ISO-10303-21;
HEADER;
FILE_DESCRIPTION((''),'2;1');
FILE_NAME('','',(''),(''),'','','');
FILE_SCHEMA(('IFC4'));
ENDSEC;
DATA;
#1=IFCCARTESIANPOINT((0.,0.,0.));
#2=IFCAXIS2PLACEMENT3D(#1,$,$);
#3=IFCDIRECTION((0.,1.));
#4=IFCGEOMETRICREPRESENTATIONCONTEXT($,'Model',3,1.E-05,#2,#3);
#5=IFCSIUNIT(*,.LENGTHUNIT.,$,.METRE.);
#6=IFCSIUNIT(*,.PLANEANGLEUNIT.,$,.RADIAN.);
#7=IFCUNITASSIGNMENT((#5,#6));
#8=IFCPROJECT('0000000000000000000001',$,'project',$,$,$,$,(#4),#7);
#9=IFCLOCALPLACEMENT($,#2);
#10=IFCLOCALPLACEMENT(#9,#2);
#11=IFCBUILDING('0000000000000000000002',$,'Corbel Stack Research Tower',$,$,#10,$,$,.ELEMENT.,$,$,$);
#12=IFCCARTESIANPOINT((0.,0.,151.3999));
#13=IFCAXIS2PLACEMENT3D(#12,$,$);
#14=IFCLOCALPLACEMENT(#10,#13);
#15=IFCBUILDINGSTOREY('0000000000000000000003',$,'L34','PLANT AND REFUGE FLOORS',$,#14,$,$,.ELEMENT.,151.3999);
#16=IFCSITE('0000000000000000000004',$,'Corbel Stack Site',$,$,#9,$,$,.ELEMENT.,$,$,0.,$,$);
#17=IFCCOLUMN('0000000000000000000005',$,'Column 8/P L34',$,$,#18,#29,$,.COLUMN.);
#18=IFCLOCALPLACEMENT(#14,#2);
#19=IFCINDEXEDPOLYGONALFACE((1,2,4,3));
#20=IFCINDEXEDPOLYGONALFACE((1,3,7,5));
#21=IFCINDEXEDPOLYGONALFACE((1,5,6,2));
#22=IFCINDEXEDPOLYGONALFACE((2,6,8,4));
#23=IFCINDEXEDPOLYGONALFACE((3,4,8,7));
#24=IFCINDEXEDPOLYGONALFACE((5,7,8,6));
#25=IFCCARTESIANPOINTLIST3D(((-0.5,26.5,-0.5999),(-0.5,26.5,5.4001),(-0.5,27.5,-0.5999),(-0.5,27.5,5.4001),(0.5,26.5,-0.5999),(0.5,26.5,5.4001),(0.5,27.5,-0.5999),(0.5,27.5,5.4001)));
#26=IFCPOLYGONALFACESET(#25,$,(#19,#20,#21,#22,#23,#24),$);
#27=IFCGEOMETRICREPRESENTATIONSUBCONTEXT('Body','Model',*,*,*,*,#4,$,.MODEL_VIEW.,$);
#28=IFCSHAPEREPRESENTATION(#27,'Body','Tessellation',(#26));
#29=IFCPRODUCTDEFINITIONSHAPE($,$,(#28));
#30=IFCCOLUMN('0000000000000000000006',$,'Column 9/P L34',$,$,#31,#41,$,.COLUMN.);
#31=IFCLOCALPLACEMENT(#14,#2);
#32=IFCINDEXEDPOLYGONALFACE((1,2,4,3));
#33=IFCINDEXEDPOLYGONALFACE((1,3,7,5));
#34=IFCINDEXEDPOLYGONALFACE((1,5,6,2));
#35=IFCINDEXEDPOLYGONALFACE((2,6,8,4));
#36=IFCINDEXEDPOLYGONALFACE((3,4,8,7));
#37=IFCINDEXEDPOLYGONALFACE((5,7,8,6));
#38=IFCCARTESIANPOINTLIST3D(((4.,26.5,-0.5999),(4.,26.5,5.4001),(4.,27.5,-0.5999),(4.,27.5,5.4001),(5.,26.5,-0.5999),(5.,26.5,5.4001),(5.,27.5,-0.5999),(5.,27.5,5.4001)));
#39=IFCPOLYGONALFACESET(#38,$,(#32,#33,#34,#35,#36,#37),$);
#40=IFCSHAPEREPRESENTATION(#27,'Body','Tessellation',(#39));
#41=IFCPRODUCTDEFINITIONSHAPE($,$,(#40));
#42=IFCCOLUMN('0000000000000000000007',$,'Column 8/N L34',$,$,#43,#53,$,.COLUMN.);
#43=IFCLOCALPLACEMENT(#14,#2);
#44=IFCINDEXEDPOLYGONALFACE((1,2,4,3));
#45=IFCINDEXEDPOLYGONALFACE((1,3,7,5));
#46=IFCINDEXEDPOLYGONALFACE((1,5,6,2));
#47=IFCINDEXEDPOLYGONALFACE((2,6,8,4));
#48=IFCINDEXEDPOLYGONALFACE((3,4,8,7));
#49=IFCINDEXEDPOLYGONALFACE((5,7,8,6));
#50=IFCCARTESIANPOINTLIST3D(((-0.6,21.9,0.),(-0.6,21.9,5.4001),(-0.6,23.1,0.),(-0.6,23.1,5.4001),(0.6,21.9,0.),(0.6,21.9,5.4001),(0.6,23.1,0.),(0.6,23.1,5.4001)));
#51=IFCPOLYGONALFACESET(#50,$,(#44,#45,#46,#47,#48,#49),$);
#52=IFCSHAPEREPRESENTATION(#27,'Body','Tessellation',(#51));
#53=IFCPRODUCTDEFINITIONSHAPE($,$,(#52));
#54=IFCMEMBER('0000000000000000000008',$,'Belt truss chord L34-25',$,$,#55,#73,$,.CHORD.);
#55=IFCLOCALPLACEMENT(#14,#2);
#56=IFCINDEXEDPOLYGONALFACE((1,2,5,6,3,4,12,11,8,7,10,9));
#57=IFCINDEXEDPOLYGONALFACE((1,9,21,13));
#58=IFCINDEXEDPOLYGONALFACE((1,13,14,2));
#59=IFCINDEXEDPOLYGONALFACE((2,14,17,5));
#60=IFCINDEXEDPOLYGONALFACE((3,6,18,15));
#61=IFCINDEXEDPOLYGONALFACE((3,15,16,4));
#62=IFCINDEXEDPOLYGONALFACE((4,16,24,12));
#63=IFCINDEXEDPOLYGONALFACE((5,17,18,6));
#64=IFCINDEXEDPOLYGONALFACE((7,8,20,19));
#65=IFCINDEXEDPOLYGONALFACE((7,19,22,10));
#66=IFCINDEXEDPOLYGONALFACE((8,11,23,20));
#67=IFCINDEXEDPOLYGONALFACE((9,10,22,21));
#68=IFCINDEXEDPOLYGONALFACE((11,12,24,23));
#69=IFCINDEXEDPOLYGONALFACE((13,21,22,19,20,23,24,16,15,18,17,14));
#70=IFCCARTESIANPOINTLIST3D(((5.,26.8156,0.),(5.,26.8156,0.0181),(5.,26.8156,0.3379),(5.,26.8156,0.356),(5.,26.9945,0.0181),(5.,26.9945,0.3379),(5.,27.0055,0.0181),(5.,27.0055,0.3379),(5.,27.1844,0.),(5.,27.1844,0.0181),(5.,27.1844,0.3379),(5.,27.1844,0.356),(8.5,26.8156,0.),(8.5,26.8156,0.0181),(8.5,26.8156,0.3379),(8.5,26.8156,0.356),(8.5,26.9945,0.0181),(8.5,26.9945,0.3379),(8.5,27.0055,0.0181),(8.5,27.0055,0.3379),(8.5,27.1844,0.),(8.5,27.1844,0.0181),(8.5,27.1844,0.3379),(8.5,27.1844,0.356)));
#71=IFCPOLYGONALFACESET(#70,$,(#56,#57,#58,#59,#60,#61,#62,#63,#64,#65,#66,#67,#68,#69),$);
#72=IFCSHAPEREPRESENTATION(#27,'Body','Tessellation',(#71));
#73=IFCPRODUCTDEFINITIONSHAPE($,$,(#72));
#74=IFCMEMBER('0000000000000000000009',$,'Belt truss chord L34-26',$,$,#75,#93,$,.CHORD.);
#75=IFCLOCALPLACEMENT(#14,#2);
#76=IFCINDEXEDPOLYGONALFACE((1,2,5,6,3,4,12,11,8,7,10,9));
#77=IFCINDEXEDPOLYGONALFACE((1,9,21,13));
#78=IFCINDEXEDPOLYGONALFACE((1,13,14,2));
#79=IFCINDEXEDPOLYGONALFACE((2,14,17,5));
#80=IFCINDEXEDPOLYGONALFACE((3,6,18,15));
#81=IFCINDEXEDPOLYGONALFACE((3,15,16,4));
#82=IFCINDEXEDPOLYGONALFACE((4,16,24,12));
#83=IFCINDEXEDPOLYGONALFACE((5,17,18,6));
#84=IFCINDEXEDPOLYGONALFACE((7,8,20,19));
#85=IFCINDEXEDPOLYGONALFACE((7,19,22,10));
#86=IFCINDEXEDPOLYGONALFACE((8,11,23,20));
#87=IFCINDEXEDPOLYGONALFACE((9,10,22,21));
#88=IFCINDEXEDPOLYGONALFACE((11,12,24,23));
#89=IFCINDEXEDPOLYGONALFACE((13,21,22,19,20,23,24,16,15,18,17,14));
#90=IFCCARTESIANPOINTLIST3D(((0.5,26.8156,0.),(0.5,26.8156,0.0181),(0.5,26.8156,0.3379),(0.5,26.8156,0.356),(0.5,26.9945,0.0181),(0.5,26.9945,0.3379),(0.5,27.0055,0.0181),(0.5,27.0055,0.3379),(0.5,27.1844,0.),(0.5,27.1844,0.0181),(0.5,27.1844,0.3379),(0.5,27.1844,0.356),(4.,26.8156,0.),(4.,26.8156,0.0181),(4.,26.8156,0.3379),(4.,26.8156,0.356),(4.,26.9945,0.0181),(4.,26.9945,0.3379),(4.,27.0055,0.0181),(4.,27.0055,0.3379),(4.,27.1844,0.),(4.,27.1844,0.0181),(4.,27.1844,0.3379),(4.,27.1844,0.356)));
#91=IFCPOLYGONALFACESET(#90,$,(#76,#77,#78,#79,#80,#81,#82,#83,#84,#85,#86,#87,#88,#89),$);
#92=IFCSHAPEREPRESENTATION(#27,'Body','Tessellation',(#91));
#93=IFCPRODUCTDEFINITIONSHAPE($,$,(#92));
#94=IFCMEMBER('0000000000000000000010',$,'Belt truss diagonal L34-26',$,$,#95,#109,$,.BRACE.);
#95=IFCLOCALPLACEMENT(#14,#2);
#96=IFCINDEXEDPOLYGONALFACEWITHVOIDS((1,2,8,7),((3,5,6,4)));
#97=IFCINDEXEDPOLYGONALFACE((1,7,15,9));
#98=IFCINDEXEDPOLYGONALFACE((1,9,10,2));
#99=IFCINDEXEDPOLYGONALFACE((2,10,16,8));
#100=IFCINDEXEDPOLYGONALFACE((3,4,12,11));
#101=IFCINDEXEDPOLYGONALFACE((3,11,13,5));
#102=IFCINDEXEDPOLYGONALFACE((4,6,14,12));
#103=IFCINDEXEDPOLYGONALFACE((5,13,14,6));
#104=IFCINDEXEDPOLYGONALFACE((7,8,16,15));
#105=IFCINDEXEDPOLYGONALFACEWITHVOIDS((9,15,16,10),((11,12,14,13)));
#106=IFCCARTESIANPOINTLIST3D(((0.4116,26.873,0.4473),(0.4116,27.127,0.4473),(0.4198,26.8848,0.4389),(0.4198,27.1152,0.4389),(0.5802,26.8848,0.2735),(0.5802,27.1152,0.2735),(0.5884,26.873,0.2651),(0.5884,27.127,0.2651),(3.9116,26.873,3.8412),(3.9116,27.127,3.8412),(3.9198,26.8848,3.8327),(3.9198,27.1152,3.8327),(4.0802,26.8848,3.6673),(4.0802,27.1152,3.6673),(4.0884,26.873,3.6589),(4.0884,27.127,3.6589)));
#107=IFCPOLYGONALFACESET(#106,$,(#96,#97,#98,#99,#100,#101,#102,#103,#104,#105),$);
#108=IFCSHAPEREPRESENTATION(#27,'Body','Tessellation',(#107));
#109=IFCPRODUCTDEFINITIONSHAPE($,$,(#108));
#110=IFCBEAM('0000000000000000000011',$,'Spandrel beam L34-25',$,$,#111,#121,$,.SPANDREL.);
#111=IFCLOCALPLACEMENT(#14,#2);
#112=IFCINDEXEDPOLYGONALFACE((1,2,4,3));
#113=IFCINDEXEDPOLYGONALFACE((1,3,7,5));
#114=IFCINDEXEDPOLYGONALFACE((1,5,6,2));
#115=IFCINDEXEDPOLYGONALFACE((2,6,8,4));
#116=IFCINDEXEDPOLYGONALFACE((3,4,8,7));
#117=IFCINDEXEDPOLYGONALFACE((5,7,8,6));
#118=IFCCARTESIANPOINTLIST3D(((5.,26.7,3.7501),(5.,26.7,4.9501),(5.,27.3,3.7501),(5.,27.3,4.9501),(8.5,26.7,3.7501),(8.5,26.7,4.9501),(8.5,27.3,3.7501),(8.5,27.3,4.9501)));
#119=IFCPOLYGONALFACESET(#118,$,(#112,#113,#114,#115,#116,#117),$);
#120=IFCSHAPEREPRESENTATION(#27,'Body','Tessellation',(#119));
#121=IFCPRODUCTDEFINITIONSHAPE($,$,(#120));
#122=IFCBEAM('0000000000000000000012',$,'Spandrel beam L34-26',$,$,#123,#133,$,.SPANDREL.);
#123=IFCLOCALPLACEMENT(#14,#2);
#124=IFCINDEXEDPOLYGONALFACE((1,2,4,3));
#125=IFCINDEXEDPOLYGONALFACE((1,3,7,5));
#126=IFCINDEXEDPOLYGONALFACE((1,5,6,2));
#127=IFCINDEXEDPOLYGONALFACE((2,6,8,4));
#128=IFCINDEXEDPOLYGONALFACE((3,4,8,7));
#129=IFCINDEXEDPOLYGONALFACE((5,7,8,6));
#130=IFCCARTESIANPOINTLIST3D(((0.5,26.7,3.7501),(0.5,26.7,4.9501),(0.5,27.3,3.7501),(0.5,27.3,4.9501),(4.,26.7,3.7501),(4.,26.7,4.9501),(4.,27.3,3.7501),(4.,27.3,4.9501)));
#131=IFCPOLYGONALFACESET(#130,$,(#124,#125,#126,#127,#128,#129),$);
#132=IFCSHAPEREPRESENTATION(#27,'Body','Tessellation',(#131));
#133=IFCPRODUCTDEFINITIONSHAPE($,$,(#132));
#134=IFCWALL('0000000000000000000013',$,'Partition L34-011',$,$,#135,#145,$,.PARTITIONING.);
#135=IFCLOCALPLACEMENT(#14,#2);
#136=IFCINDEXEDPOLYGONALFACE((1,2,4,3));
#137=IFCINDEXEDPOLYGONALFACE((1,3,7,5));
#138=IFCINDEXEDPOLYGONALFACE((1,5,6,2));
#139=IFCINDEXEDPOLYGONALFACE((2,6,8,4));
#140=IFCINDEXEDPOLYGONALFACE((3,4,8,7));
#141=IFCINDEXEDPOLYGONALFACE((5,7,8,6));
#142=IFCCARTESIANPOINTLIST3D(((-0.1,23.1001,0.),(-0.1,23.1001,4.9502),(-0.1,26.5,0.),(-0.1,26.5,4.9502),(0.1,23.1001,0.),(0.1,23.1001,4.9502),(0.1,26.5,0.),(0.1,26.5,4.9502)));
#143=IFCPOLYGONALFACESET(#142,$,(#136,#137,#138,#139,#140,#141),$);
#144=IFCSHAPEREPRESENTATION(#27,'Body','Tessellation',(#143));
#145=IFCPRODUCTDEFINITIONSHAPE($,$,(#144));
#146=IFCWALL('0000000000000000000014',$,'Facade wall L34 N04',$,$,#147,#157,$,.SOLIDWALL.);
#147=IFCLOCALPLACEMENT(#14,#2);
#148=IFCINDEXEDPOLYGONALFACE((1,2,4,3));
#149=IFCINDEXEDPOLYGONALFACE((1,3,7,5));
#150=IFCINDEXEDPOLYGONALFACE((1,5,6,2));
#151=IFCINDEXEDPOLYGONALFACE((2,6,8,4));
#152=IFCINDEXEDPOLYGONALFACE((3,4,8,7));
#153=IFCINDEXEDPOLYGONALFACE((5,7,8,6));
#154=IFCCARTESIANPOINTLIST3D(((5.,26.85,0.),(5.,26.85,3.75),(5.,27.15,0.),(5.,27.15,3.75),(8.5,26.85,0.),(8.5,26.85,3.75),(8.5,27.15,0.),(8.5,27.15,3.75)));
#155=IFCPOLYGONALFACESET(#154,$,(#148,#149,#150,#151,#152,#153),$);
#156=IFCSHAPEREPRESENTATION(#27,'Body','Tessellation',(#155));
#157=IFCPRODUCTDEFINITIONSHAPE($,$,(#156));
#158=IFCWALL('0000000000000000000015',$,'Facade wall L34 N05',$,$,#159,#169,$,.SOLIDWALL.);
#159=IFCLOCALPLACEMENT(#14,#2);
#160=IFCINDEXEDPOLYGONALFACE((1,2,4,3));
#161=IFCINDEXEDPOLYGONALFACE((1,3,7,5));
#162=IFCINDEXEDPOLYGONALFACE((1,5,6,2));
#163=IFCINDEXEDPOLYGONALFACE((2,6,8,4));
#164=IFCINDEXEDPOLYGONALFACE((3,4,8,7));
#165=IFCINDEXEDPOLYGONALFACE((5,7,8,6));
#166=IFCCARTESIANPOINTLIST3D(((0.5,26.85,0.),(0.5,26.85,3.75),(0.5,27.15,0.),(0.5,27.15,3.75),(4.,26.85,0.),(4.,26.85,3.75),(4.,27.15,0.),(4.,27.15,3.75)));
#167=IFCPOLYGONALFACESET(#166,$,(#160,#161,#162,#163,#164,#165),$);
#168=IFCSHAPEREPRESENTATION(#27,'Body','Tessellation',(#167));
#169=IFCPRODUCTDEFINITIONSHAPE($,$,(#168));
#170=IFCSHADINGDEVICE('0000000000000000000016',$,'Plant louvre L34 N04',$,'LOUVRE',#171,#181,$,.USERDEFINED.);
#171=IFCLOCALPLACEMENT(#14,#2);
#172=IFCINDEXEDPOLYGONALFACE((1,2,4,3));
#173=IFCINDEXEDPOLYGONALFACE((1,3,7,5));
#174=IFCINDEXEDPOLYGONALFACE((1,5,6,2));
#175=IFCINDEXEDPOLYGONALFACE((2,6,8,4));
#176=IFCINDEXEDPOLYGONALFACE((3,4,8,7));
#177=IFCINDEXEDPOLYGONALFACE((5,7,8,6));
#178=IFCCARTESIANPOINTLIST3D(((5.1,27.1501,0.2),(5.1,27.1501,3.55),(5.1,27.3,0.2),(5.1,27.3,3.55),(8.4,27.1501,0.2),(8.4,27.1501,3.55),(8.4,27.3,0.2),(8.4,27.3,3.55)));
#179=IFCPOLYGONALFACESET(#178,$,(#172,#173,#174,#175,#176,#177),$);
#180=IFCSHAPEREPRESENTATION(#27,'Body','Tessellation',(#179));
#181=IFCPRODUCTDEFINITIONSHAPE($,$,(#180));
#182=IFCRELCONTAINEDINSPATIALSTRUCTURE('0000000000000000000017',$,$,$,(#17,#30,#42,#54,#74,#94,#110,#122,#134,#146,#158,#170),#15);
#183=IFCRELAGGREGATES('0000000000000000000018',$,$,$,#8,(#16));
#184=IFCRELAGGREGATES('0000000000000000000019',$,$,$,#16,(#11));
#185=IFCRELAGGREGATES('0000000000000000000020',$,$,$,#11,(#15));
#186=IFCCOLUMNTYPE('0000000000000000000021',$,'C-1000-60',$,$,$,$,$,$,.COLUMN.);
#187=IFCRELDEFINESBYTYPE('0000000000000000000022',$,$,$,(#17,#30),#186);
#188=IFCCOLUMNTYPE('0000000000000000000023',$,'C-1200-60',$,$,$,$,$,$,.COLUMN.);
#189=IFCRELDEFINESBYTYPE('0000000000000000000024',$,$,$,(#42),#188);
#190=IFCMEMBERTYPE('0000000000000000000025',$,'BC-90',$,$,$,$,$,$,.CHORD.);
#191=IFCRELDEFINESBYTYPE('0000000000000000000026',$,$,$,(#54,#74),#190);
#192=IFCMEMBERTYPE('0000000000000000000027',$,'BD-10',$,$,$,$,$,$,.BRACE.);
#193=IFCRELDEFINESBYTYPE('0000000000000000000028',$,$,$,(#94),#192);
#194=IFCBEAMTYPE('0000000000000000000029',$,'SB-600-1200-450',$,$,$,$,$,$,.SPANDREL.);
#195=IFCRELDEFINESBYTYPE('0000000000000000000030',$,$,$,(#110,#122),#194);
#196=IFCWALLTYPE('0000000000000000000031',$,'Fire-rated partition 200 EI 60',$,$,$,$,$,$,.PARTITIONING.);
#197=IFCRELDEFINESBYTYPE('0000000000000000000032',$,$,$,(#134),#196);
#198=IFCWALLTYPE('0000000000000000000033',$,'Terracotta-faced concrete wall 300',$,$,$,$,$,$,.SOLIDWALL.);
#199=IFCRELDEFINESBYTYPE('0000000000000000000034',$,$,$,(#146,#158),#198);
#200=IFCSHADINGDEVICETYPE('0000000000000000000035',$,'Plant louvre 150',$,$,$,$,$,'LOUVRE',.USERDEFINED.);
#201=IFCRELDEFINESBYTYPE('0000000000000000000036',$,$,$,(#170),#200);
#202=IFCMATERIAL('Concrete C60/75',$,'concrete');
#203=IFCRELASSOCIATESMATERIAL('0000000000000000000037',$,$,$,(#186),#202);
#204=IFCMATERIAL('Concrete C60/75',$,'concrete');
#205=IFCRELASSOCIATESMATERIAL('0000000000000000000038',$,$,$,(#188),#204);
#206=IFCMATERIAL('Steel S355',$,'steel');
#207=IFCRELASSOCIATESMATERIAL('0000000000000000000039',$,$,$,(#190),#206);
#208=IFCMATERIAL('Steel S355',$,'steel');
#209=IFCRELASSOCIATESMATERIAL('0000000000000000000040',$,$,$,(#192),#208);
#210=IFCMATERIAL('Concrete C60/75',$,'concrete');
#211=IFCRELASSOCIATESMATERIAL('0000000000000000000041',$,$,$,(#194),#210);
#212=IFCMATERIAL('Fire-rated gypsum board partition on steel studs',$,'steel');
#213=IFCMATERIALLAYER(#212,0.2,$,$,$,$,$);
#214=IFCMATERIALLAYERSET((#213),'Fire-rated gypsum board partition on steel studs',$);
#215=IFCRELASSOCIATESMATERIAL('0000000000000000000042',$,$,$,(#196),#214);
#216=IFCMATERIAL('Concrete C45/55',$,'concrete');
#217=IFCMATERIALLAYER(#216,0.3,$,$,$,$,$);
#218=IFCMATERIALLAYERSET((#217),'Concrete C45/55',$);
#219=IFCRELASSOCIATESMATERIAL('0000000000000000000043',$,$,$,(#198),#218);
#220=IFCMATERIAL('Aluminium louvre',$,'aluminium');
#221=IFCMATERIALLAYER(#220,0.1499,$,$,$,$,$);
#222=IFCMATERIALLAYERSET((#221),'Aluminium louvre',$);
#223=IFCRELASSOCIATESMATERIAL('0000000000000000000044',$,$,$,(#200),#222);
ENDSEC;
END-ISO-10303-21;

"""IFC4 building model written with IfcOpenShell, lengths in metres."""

from ifc_helpers import new_model, si_unit, direction, frame, frame_2d, origin, origin_2d, place, context, subcontext, project, spatial, rectangle, hollow_rectangle, i_section, extrude, material, layer, layer_set, material_profile, profile_set, type_object, element, save


model = new_model("IFC4")

# Units and contexts
model_context = context("Model", 3, precision=1e-05, world=origin(), true_north=direction((0.0, 1.0)))
body_context = subcontext(model_context, "Body", "Model", "MODEL_VIEW")
ifc_project = project(units=[si_unit("LENGTHUNIT", "METRE"), si_unit("PLANEANGLEUNIT", "RADIAN")], contexts=[model_context])

# Site, building, storey
site_placement = place(None, origin())
site = spatial("IfcSite", under=ifc_project, at=site_placement, Name="Corbel Stack Site", CompositionType="ELEMENT", RefElevation=0.0)
building_placement = place(site_placement, origin())
building = spatial("IfcBuilding", under=site, at=building_placement, Name="Corbel Stack Research Tower", CompositionType="ELEMENT")
storey_placement = place(building_placement, frame((0.0, 0.0, 151.3999)))
storey = spatial("IfcBuildingStorey", under=building, at=storey_placement, Name="L34", Description="PLANT AND REFUGE FLOORS", CompositionType="ELEMENT", Elevation=151.3999)

# Columns
ifc_material_1 = material(Name="Concrete C60/75", Category="concrete")
ifc_material_profile_1 = material_profile(ifc_material_1, rectangle(XDim=1.0, YDim=1.0, at=origin_2d()), Name="RC 1000 x 1000")
ifc_profile_set_1 = profile_set([ifc_material_profile_1], Name="Concrete C60/75")
column_type_1 = type_object("IfcColumnType", Name="C-1000-60", PredefinedType="COLUMN", material=ifc_profile_set_1)
for number, where, z_axis, x_axis, name in (
    (1, (0.0, 27.0, -0.5999), (0.0, 0.0, 1.0), (1.0, 0.0, 0.0), "Column 8/P L34"),
    (2, (4.5, 27.0, -0.5999), (0.0, 0.0, 1.0), (1.0, 0.0, 0.0), "Column 9/P L34"),
):
    element("IfcColumn", number, at=place(storey_placement, frame(where, z_axis=z_axis, x_axis=x_axis)), inside=storey, type_object=column_type_1, Name=name, PredefinedType="COLUMN", context=body_context, shape_type="SweptSolid", body=[
        extrude(rectangle(XDim=1.0, YDim=1.0, at=origin_2d()), origin(), (0.0, 0.0, 1.0), 6.0),
    ])
ifc_material_2 = material(Name="Concrete C60/75", Category="concrete")
ifc_material_profile_2 = material_profile(ifc_material_2, rectangle(XDim=1.2, YDim=1.2, at=origin_2d()), Name="RC 1200 x 1200")
ifc_profile_set_2 = profile_set([ifc_material_profile_2], Name="Concrete C60/75")
column_type_2 = type_object("IfcColumnType", Name="C-1200-60", PredefinedType="COLUMN", material=ifc_profile_set_2)
column_placement = place(storey_placement, frame((0.0, 22.5, 0.0), z_axis=(0.0, 0.0, 1.0), x_axis=(1.0, 0.0, 0.0)))
element("IfcColumn", 3, at=column_placement, inside=storey, type_object=column_type_2, Name="Column 8/N L34", PredefinedType="COLUMN", context=body_context, shape_type="SweptSolid", body=[
    extrude(rectangle(XDim=1.2, YDim=1.2, at=origin_2d()), origin(), (0.0, 0.0, 1.0), 5.4001),
])

# Members
ifc_material_3 = material(Name="Steel S355", Category="steel")
ifc_material_profile_3 = material_profile(ifc_material_3, i_section(OverallWidth=0.3689, OverallDepth=0.356, WebThickness=0.011, FlangeThickness=0.0181, at=origin_2d()), Name="W14x90")
ifc_profile_set_3 = profile_set([ifc_material_profile_3], Name="Steel S355")
member_type_1 = type_object("IfcMemberType", Name="BC-90", PredefinedType="CHORD", material=ifc_profile_set_3)
for number, where, z_axis, x_axis, name in (
    (4, (8.5, 27.0, 0.178), (-1.0, 0.0, 0.0), (0.0, -1.0, 0.0), "Belt truss chord L34-25"),
    (5, (4.0, 27.0, 0.178), (-1.0, 0.0, 0.0), (0.0, -1.0, 0.0), "Belt truss chord L34-26"),
):
    element("IfcMember", number, at=place(storey_placement, frame(where, z_axis=z_axis, x_axis=x_axis)), inside=storey, type_object=member_type_1, Name=name, PredefinedType="CHORD", context=body_context, shape_type="SweptSolid", body=[
        extrude(i_section(OverallWidth=0.3689, OverallDepth=0.356, WebThickness=0.011, FlangeThickness=0.0181, at=origin_2d()), origin(), (0.0, 0.0, 1.0), 3.5),
    ])
ifc_material_4 = material(Name="Steel S355", Category="steel")
ifc_material_profile_4 = material_profile(ifc_material_4, hollow_rectangle(XDim=0.2539, YDim=0.2539, WallThickness=0.0117, at=origin_2d()), Name="HSS10x10x1/2")
ifc_profile_set_4 = profile_set([ifc_material_profile_4], Name="Steel S355")
member_type_2 = type_object("IfcMemberType", Name="BD-10", PredefinedType="BRACE", material=ifc_profile_set_4)
member_placement = place(storey_placement, frame((0.5, 27.0, 0.3562), z_axis=(0.717915, 0.0, 0.696131), x_axis=(0.0, 1.0, 0.0)))
element("IfcMember", 6, at=member_placement, inside=storey, type_object=member_type_2, Name="Belt truss diagonal L34-26", PredefinedType="BRACE", context=body_context, shape_type="SweptSolid", body=[
    extrude(hollow_rectangle(XDim=0.2539, YDim=0.2539, WallThickness=0.0117, at=origin_2d()), origin(), (0.0, 0.0, 1.0), 4.8752),
])

# Beams
ifc_material_5 = material(Name="Concrete C60/75", Category="concrete")
ifc_material_profile_5 = material_profile(ifc_material_5, rectangle(XDim=0.6001, YDim=1.2, at=origin_2d()), Name="RC 600 x 1200")
ifc_profile_set_5 = profile_set([ifc_material_profile_5], Name="Concrete C60/75")
beam_type = type_object("IfcBeamType", Name="SB-600-1200-450", PredefinedType="SPANDREL", material=ifc_profile_set_5)
for number, where, z_axis, x_axis, name in (
    (7, (8.5, 27.0, 4.3501), (-1.0, 0.0, 0.0), (0.0, -1.0, 0.0), "Spandrel beam L34-25"),
    (8, (4.0, 27.0, 4.3501), (-1.0, 0.0, 0.0), (0.0, -1.0, 0.0), "Spandrel beam L34-26"),
):
    element("IfcBeam", number, at=place(storey_placement, frame(where, z_axis=z_axis, x_axis=x_axis)), inside=storey, type_object=beam_type, Name=name, PredefinedType="SPANDREL", context=body_context, shape_type="SweptSolid", body=[
        extrude(rectangle(XDim=0.6001, YDim=1.2, at=origin_2d()), origin(), (0.0, 0.0, 1.0), 3.5),
    ])

# Walls
ifc_material_6 = material(Name="Fire-rated gypsum board partition on steel studs", Category="steel")
ifc_layer_1 = layer(ifc_material_6, 0.2)
ifc_layer_set_1 = layer_set([ifc_layer_1], Name="Fire-rated gypsum board partition on steel studs")
wall_type_1 = type_object("IfcWallType", Name="Fire-rated partition 200 EI 60", PredefinedType="PARTITIONING", material=ifc_layer_set_1)
wall_placement = place(storey_placement, frame((0.0, 23.1001, 0.0), z_axis=(0.0, 0.0, 1.0), x_axis=(0.0, 1.0, 0.0)))
element("IfcWall", 9, at=wall_placement, inside=storey, type_object=wall_type_1, Name="Partition L34-011", PredefinedType="PARTITIONING", context=body_context, shape_type="SweptSolid", body=[
    extrude(rectangle(XDim=3.3999, YDim=0.2, at=frame_2d((1.7, 0.0))), origin(), (0.0, 0.0, 1.0), 4.9502),
])
ifc_material_7 = material(Name="Concrete C45/55", Category="concrete")
ifc_layer_2 = layer(ifc_material_7, 0.3)
ifc_layer_set_2 = layer_set([ifc_layer_2], Name="Concrete C45/55")
wall_type_2 = type_object("IfcWallType", Name="Terracotta-faced concrete wall 300", PredefinedType="SOLIDWALL", material=ifc_layer_set_2)
for number, where, z_axis, x_axis, name in (
    (10, (5.0, 27.0, 0.0), (0.0, 0.0, 1.0), (1.0, 0.0, 0.0), "Facade wall L34 N04"),
    (11, (0.5, 27.0, 0.0), (0.0, 0.0, 1.0), (1.0, 0.0, 0.0), "Facade wall L34 N05"),
):
    element("IfcWall", number, at=place(storey_placement, frame(where, z_axis=z_axis, x_axis=x_axis)), inside=storey, type_object=wall_type_2, Name=name, PredefinedType="SOLIDWALL", context=body_context, shape_type="SweptSolid", body=[
        extrude(rectangle(XDim=3.5, YDim=0.3, at=frame_2d((1.75, 0.0))), origin(), (0.0, 0.0, 1.0), 3.75),
    ])

# Shading device
ifc_material_8 = material(Name="Aluminium louvre", Category="aluminium")
ifc_layer_3 = layer(ifc_material_8, 0.1499)
ifc_layer_set_3 = layer_set([ifc_layer_3], Name="Aluminium louvre")
shading_device_type = type_object("IfcShadingDeviceType", Name="Plant louvre 150", ElementType="LOUVRE", PredefinedType="USERDEFINED", material=ifc_layer_set_3)
for number, where, z_axis, x_axis, name in (
    (12, (6.75, 27.2251, 0.2), (0.0, 0.0, 1.0), (-1.0, 0.0, 0.0), "Plant louvre L34 N04"),
):
    element("IfcShadingDevice", number, at=place(storey_placement, frame(where, z_axis=z_axis, x_axis=x_axis)), inside=storey, type_object=shading_device_type, Name=name, ObjectType="LOUVRE", PredefinedType="USERDEFINED", context=body_context, shape_type="SweptSolid", body=[
        extrude(rectangle(XDim=3.3, YDim=0.1499, at=origin_2d()), origin(), (0.0, 0.0, 1.0), 3.3501),
    ])

save(model, "model.ifc")
